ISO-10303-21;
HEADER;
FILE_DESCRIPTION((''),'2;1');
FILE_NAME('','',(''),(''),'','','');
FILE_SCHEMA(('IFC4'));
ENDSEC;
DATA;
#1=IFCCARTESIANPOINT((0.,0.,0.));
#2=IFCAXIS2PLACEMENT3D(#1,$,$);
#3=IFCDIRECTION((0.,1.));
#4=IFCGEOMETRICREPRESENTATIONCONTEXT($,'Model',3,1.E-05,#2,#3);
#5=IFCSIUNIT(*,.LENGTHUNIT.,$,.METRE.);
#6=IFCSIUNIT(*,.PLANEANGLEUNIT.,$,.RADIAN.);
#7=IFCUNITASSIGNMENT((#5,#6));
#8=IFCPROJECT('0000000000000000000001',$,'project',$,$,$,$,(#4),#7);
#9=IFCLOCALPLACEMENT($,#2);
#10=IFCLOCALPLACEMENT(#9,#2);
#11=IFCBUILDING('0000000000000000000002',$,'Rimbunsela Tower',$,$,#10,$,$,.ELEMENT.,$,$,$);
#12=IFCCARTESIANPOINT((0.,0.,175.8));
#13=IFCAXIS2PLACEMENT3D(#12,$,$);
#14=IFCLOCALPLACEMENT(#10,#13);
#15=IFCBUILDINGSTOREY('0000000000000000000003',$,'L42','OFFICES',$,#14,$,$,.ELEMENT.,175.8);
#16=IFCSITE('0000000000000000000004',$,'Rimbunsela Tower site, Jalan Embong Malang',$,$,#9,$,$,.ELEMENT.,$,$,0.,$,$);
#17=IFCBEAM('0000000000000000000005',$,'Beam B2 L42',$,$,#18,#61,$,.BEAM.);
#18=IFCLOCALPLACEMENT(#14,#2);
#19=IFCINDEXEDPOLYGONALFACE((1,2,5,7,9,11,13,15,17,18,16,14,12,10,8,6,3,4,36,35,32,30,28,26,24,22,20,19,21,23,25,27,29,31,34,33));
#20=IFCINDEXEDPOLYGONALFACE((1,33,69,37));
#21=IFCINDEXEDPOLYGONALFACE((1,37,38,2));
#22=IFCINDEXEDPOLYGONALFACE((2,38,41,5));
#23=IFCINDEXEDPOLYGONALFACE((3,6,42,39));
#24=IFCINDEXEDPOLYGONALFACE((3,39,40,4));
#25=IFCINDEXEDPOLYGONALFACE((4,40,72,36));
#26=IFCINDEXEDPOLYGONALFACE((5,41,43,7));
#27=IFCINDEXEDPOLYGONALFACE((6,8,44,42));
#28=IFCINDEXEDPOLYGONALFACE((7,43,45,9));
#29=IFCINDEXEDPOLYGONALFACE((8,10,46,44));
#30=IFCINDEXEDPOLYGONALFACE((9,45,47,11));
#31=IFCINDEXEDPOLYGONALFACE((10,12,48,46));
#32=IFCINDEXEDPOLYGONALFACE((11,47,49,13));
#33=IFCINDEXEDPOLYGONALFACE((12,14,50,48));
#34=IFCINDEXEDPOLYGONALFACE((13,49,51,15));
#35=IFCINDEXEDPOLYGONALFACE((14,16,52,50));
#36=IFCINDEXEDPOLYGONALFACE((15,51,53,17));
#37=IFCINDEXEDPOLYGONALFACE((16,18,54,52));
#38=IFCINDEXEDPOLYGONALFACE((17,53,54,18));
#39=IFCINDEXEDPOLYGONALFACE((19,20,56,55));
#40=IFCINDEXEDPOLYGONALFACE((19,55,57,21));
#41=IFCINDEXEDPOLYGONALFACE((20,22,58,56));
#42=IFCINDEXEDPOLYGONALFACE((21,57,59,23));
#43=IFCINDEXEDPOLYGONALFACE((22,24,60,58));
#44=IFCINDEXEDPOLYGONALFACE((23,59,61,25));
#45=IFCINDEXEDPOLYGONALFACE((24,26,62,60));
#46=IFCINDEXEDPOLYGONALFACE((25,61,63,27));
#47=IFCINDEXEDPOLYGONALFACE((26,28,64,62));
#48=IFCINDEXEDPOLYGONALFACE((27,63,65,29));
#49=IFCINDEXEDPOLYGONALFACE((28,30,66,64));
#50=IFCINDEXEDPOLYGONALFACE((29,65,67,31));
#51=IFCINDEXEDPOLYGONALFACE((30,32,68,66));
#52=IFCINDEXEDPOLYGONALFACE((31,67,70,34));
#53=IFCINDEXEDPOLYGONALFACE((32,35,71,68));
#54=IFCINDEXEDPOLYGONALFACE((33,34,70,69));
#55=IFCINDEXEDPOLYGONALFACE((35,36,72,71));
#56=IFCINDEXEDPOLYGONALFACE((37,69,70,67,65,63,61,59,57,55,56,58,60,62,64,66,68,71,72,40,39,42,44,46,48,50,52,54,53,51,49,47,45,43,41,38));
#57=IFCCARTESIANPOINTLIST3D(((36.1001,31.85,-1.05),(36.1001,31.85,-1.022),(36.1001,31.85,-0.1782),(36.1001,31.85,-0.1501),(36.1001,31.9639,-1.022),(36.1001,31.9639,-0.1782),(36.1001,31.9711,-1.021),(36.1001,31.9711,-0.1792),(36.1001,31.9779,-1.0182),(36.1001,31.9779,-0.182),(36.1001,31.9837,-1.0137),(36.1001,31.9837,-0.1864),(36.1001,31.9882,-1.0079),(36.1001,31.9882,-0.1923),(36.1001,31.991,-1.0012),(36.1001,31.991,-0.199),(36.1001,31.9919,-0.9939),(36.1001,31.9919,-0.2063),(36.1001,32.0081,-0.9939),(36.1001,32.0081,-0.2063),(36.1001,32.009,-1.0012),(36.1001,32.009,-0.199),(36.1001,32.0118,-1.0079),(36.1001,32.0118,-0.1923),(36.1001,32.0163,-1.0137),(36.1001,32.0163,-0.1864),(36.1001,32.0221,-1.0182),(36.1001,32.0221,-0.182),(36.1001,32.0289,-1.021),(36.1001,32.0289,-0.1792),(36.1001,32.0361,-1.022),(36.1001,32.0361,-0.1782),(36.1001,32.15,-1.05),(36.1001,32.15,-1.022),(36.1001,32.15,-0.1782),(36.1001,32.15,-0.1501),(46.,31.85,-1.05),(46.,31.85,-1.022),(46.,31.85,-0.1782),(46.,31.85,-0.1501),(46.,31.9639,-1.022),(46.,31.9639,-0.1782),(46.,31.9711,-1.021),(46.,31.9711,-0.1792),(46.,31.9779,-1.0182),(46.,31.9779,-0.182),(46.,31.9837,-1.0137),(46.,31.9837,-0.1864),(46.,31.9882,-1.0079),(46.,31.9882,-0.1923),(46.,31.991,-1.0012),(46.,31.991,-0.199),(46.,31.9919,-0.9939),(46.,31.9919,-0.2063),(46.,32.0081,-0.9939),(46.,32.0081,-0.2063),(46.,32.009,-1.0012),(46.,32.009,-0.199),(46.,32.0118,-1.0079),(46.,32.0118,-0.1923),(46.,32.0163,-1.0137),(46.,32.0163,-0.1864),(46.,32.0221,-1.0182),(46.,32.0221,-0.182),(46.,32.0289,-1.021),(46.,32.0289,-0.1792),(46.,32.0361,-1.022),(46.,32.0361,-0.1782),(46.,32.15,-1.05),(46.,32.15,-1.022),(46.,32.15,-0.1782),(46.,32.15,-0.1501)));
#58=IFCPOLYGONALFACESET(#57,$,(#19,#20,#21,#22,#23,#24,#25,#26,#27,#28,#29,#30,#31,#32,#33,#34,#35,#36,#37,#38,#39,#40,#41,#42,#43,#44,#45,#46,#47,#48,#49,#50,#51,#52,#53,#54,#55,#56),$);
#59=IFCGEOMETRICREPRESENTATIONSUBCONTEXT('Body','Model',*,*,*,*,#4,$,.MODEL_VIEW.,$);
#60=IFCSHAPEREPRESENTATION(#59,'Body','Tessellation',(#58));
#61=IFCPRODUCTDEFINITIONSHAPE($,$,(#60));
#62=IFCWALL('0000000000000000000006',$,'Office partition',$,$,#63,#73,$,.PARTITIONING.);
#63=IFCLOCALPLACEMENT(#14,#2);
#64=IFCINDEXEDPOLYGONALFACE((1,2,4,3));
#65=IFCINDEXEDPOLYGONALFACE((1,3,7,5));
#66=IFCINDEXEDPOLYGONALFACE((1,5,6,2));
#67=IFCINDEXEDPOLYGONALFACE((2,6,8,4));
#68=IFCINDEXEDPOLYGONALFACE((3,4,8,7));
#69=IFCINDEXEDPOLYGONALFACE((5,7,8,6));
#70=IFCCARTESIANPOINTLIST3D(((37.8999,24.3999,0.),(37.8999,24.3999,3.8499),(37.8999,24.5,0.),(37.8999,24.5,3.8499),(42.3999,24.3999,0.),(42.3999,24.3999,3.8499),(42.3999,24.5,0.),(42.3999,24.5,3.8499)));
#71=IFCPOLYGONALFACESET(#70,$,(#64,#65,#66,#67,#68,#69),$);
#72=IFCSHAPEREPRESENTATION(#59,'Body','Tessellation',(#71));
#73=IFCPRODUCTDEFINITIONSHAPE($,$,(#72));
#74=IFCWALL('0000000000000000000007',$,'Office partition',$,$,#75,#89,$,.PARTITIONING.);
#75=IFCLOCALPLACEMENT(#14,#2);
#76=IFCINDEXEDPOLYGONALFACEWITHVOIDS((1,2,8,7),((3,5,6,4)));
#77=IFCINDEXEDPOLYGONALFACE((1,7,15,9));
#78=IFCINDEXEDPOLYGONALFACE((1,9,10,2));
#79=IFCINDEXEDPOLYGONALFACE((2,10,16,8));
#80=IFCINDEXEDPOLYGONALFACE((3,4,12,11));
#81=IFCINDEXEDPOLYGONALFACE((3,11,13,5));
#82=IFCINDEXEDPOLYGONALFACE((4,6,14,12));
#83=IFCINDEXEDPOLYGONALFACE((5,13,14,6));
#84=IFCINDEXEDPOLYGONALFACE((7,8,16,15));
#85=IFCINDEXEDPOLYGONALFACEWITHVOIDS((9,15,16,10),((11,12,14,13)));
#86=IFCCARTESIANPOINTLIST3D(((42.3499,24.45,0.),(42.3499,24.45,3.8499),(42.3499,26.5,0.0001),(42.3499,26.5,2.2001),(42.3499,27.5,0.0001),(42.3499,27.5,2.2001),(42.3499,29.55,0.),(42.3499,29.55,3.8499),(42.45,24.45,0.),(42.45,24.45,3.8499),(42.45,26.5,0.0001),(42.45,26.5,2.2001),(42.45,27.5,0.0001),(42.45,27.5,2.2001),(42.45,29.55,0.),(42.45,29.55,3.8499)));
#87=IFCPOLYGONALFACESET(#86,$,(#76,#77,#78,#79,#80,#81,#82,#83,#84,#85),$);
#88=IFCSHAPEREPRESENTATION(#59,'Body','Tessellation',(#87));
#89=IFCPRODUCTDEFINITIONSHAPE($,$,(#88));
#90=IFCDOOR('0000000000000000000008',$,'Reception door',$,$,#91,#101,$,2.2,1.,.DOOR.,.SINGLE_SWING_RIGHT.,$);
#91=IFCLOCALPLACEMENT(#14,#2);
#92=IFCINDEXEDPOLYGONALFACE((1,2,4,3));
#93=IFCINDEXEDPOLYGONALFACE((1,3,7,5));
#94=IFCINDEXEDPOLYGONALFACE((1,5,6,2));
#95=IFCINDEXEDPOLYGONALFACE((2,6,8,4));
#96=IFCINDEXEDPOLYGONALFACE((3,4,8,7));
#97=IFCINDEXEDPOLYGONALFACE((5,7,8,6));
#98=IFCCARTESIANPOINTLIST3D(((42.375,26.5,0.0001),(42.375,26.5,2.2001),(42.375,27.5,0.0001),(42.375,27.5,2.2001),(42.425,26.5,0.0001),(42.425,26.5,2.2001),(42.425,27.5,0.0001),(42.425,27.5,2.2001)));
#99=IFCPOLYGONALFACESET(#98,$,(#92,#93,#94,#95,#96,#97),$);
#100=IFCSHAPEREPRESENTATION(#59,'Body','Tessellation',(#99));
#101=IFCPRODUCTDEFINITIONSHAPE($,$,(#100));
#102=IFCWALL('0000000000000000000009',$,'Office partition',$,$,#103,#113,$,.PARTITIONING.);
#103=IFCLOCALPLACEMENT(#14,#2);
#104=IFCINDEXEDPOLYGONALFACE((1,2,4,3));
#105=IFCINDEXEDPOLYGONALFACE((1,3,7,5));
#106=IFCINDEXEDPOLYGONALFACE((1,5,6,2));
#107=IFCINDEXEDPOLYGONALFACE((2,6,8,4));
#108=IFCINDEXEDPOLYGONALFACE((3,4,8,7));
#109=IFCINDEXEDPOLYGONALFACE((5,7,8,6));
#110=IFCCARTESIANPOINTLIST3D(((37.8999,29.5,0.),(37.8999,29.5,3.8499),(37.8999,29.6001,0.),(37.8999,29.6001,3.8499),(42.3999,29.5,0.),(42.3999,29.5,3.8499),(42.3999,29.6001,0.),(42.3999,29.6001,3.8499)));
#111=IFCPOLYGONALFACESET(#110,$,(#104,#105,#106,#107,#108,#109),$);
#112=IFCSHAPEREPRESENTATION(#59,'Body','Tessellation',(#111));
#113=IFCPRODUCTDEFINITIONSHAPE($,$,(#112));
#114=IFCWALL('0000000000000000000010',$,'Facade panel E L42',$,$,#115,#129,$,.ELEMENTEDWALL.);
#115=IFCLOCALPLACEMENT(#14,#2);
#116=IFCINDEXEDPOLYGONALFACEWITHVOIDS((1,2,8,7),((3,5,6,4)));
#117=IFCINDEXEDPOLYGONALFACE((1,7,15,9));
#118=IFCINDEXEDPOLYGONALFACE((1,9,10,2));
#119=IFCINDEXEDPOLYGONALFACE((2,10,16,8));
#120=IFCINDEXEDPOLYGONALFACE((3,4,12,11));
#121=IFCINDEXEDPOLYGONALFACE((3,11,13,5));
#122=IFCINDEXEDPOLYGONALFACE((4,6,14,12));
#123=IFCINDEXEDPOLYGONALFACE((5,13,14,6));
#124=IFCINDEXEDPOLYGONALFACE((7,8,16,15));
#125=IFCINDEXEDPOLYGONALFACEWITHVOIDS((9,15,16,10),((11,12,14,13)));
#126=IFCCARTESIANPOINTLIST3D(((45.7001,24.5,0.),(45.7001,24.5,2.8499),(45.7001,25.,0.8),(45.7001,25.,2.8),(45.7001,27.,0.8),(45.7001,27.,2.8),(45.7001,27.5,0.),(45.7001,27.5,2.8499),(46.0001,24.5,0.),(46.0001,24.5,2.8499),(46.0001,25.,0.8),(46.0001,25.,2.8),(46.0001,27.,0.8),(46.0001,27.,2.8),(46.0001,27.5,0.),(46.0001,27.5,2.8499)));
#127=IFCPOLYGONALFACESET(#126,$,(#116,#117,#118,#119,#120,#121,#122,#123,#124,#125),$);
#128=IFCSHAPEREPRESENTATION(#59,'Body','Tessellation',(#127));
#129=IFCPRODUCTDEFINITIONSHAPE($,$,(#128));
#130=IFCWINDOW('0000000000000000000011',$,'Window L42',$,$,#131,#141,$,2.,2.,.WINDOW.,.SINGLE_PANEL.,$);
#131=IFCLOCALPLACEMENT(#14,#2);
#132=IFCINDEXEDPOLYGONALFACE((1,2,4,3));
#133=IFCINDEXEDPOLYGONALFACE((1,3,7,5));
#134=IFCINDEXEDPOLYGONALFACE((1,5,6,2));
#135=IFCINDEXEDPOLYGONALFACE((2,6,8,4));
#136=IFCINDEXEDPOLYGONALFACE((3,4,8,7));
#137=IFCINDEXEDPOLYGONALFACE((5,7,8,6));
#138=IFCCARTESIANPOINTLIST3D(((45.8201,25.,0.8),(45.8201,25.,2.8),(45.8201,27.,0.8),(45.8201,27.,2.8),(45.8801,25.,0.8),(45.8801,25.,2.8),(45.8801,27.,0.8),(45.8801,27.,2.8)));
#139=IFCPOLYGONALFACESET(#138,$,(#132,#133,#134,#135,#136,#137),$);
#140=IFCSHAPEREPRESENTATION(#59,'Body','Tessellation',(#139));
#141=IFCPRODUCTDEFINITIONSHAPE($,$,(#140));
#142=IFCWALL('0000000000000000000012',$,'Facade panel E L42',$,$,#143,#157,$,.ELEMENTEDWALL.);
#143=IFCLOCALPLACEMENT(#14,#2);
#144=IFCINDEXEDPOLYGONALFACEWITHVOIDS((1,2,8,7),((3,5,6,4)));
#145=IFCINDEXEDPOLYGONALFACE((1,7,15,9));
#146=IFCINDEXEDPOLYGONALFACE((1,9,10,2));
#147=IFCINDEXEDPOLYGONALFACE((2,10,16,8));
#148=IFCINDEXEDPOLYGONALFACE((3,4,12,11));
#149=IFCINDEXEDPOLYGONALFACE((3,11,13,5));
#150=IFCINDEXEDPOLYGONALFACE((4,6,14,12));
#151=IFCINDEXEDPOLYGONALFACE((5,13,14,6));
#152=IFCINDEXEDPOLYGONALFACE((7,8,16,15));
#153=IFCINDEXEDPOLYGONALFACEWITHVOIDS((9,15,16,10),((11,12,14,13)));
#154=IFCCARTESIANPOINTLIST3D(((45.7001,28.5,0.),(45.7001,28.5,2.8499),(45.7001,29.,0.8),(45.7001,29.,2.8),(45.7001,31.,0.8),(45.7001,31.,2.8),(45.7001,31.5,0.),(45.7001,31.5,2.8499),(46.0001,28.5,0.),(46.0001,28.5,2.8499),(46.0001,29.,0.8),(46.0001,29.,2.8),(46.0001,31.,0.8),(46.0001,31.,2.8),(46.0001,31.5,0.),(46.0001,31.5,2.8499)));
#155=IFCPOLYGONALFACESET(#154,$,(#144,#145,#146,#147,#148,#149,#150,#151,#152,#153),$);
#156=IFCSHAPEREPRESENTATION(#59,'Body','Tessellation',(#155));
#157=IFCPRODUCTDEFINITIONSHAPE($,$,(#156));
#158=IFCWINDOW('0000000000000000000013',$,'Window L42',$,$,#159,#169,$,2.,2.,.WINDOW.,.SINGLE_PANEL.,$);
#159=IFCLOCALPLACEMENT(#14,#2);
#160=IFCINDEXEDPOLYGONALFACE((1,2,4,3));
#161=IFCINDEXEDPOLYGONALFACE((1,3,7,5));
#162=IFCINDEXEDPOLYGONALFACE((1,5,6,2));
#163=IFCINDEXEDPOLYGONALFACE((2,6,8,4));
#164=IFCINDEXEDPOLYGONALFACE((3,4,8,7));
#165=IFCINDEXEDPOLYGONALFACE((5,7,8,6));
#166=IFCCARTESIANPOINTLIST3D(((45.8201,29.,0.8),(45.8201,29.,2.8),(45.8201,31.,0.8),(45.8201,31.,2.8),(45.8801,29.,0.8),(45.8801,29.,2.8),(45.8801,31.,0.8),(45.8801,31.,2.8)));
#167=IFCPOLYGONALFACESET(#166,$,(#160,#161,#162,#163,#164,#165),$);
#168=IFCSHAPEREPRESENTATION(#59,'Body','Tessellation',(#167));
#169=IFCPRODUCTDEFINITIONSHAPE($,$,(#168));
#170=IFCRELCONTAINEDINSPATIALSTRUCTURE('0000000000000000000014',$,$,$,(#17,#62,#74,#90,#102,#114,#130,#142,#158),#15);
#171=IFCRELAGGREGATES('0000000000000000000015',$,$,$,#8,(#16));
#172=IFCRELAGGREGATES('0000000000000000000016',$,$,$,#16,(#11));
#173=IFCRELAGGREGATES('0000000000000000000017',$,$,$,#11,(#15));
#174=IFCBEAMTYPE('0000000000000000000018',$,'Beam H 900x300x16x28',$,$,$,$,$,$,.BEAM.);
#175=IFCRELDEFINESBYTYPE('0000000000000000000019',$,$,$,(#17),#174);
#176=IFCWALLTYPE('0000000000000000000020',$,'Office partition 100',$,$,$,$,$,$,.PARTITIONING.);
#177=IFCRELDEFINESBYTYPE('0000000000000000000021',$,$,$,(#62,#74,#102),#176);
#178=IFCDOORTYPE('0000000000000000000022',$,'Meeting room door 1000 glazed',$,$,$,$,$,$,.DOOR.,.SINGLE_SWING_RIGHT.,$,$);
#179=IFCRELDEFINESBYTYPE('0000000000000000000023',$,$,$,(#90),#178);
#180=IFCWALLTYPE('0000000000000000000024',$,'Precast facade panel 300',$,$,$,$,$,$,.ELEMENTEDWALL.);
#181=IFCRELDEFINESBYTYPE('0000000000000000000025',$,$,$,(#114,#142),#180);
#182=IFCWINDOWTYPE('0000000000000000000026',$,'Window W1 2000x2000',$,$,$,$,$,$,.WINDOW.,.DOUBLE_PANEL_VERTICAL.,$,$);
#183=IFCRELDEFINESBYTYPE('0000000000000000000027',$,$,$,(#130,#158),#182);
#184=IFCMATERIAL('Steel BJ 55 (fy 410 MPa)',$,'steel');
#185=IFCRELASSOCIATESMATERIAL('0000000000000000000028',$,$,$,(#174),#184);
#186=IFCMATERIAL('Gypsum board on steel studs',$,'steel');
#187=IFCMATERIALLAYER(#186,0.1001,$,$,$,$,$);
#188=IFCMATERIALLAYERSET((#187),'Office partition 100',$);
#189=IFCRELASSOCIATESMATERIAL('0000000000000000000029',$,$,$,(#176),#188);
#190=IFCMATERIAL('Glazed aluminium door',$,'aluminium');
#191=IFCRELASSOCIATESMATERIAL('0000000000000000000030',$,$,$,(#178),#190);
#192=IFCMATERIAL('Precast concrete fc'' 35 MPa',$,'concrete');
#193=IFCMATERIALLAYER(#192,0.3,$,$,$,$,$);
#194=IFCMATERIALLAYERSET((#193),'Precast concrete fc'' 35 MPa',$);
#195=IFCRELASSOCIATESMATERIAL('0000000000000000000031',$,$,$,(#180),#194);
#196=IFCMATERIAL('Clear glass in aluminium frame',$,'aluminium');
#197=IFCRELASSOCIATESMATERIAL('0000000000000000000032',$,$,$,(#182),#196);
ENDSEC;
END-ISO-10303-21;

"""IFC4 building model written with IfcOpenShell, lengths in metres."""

from ifc_helpers import new_model, si_unit, direction, frame, frame_2d, origin, origin_2d, place, context, subcontext, project, spatial, rectangle, i_section, extrude, material, layer, layer_set, material_profile, profile_set, type_object, element, fill, save


model = new_model("IFC4")

# Units and contexts
model_context = context("Model", 3, precision=1e-05, world=origin(), true_north=direction((0.0, 1.0)))
body_context = subcontext(model_context, "Body", "Model", "MODEL_VIEW")
ifc_project = project(units=[si_unit("LENGTHUNIT", "METRE"), si_unit("PLANEANGLEUNIT", "RADIAN")], contexts=[model_context])

# Site, building, storey
site_placement = place(None, origin())
site = spatial("IfcSite", under=ifc_project, at=site_placement, Name="Rimbunsela Tower site, Jalan Embong Malang", CompositionType="ELEMENT", RefElevation=0.0)
building_placement = place(site_placement, origin())
building = spatial("IfcBuilding", under=site, at=building_placement, Name="Rimbunsela Tower", CompositionType="ELEMENT")
storey_placement = place(building_placement, frame((0.0, 0.0, 175.8)))
storey = spatial("IfcBuildingStorey", under=building, at=storey_placement, Name="L42", Description="OFFICES", CompositionType="ELEMENT", Elevation=175.8)

# Beam
ifc_material_1 = material(Name="Steel BJ 55 (fy 410 MPa)", Category="steel")
ifc_material_profile_1 = material_profile(ifc_material_1, i_section(OverallWidth=0.3, OverallDepth=0.8999, WebThickness=0.0161, FlangeThickness=0.0281, FilletRadius=0.0281, at=origin_2d()), Name="H 900x300x16x28")
ifc_profile_set_1 = profile_set([ifc_material_profile_1], Name="Steel BJ 55 (fy 410 MPa)")
beam_type_1 = type_object("IfcBeamType", Name="Beam H 900x300x16x28", PredefinedType="BEAM", material=ifc_profile_set_1)
beam_1_placement = place(storey_placement, frame((36.1001, 32.0, -0.6001), z_axis=(1.0, 0.0, 0.0), x_axis=(0.0, 1.0, 0.0)))
element("IfcBeam", 1, at=beam_1_placement, inside=storey, type_object=beam_type_1, Name="Beam B2 L42", PredefinedType="BEAM", context=body_context, shape_type="SweptSolid", body=[
    extrude(i_section(OverallWidth=0.3, OverallDepth=0.8999, WebThickness=0.0161, FlangeThickness=0.0281, FilletRadius=0.0281, at=origin_2d()), origin(), (0.0, 0.0, 1.0), 9.8999),
])

# Wall
ifc_material_2 = material(Name="Gypsum board on steel studs", Category="steel")
ifc_layer_1 = layer(ifc_material_2, 0.1001)
ifc_layer_set_1 = layer_set([ifc_layer_1], Name="Office partition 100")
wall_type_1 = type_object("IfcWallType", Name="Office partition 100", PredefinedType="PARTITIONING", material=ifc_layer_set_1)
wall_1_placement = place(storey_placement, frame((37.8999, 24.45, 0.0), z_axis=(0.0, 0.0, 1.0), x_axis=(1.0, 0.0, 0.0)))
element("IfcWall", 2, at=wall_1_placement, inside=storey, type_object=wall_type_1, Name="Office partition", PredefinedType="PARTITIONING", context=body_context, shape_type="SweptSolid", body=[
    extrude(rectangle(XDim=4.5, YDim=0.1001, at=frame_2d((2.25, 0.0))), origin(), (0.0, 0.0, 1.0), 3.8499),
])

# Wall, opening, door
wall_2_placement = place(storey_placement, frame((42.3999, 24.45, 0.0), z_axis=(0.0, 0.0, 1.0), x_axis=(0.0, 1.0, 0.0)))
wall_2 = element("IfcWall", 3, at=wall_2_placement, inside=storey, type_object=wall_type_1, Name="Office partition", PredefinedType="PARTITIONING", context=body_context, shape_type="SweptSolid", body=[
    extrude(rectangle(XDim=5.1001, YDim=0.1001, at=frame_2d((2.55, 0.0))), origin(), (0.0, 0.0, 1.0), 3.8499),
])
opening_1_placement = place(wall_2_placement, frame((2.05, 0.0, 0.0)))
opening_1 = element("IfcOpeningElement", 4, at=opening_1_placement, cuts=wall_2, PredefinedType="OPENING", context=body_context, shape_type="SweptSolid", body=[
    extrude(rectangle(XDim=1.0, YDim=2.2, at=frame_2d((0.5, 1.1001))), frame((0.0, 0.0601, 0.0), z_axis=(0.0, -1.0, 0.0), x_axis=(1.0, 0.0, 0.0)), (0.0, 0.0, 1.0), 0.1201),
])
ifc_material_3 = material(Name="Glazed aluminium door", Category="aluminium")
door_type = type_object("IfcDoorType", Name="Meeting room door 1000 glazed", OperationType="SINGLE_SWING_RIGHT", PredefinedType="DOOR", material=ifc_material_3)
door_placement = place(opening_1_placement, origin())
door = element("IfcDoor", 5, at=door_placement, inside=storey, type_object=door_type, Name="Reception door", OperationType="SINGLE_SWING_RIGHT", OverallHeight=2.2, OverallWidth=1.0, PredefinedType="DOOR", context=body_context, shape_type="SweptSolid", body=[
    extrude(rectangle(XDim=1.0, YDim=2.2, at=frame_2d((0.5, 1.1001))), frame((0.0, 0.0249, 0.0), z_axis=(0.0, -1.0, 0.0), x_axis=(1.0, 0.0, 0.0)), (0.0, 0.0, 1.0), 0.05),
])
fill(opening_1, door)

# Wall
wall_3_placement = place(storey_placement, frame((42.3999, 29.55, 0.0), z_axis=(0.0, 0.0, 1.0), x_axis=(-1.0, 0.0, 0.0)))
element("IfcWall", 6, at=wall_3_placement, inside=storey, type_object=wall_type_1, Name="Office partition", PredefinedType="PARTITIONING", context=body_context, shape_type="SweptSolid", body=[
    extrude(rectangle(XDim=4.5, YDim=0.1001, at=frame_2d((2.25, 0.0))), origin(), (0.0, 0.0, 1.0), 3.8499),
])

# Walls, openings, windows
ifc_material_4 = material(Name="Precast concrete fc' 35 MPa", Category="concrete")
ifc_layer_2 = layer(ifc_material_4, 0.3)
ifc_layer_set_2 = layer_set([ifc_layer_2], Name="Precast concrete fc' 35 MPa")
wall_type_2 = type_object("IfcWallType", Name="Precast facade panel 300", PredefinedType="ELEMENTEDWALL", material=ifc_layer_set_2)
wall_4_placement = place(storey_placement, frame((45.8501, 24.5, 0.0), z_axis=(0.0, 0.0, 1.0), x_axis=(0.0, 1.0, 0.0)))
wall_4 = element("IfcWall", 7, at=wall_4_placement, inside=storey, type_object=wall_type_2, Name="Facade panel E L42", PredefinedType="ELEMENTEDWALL", context=body_context, shape_type="SweptSolid", body=[
    extrude(rectangle(XDim=3.0, YDim=0.3, at=frame_2d((1.5, 0.0))), origin(), (0.0, 0.0, 1.0), 2.8499),
])
opening_2_placement = place(wall_4_placement, frame((0.5, 0.0, 0.8)))
opening_2 = element("IfcOpeningElement", 8, at=opening_2_placement, cuts=wall_4, PredefinedType="OPENING", context=body_context, shape_type="SweptSolid", body=[
    extrude(rectangle(XDim=2.0, YDim=2.0, at=frame_2d((1.0, 1.0))), frame((0.0, 0.1599, 0.0), z_axis=(0.0, -1.0, 0.0), x_axis=(1.0, 0.0, 0.0)), (0.0, 0.0, 1.0), 0.3201),
])
ifc_material_5 = material(Name="Clear glass in aluminium frame", Category="aluminium")
window_type = type_object("IfcWindowType", Name="Window W1 2000x2000", PartitioningType="DOUBLE_PANEL_VERTICAL", PredefinedType="WINDOW", material=ifc_material_5)
window_1_placement = place(opening_2_placement, origin())
window_1 = element("IfcWindow", 9, at=window_1_placement, inside=storey, type_object=window_type, Name="Window L42", OverallHeight=2.0, OverallWidth=2.0, PartitioningType="SINGLE_PANEL", PredefinedType="WINDOW", context=body_context, shape_type="SweptSolid", body=[
    extrude(rectangle(XDim=2.0, YDim=2.0, at=frame_2d((1.0, 1.0))), frame((0.0, 0.03, 0.0), z_axis=(0.0, -1.0, 0.0), x_axis=(1.0, 0.0, 0.0)), (0.0, 0.0, 1.0), 0.0601),
])
fill(opening_2, window_1)
wall_5_placement = place(storey_placement, frame((45.8501, 28.5, 0.0), z_axis=(0.0, 0.0, 1.0), x_axis=(0.0, 1.0, 0.0)))
wall_5 = element("IfcWall", 10, at=wall_5_placement, inside=storey, type_object=wall_type_2, Name="Facade panel E L42", PredefinedType="ELEMENTEDWALL", context=body_context, shape_type="SweptSolid", body=[
    extrude(rectangle(XDim=3.0, YDim=0.3, at=frame_2d((1.5, 0.0))), origin(), (0.0, 0.0, 1.0), 2.8499),
])
opening_3_placement = place(wall_5_placement, frame((0.5, 0.0, 0.8)))
opening_3 = element("IfcOpeningElement", 11, at=opening_3_placement, cuts=wall_5, PredefinedType="OPENING", context=body_context, shape_type="SweptSolid", body=[
    extrude(rectangle(XDim=2.0, YDim=2.0, at=frame_2d((1.0, 1.0))), frame((0.0, 0.1599, 0.0), z_axis=(0.0, -1.0, 0.0), x_axis=(1.0, 0.0, 0.0)), (0.0, 0.0, 1.0), 0.3201),
])
window_2_placement = place(opening_3_placement, origin())
window_2 = element("IfcWindow", 12, at=window_2_placement, inside=storey, type_object=window_type, Name="Window L42", OverallHeight=2.0, OverallWidth=2.0, PartitioningType="SINGLE_PANEL", PredefinedType="WINDOW", context=body_context, shape_type="SweptSolid", body=[
    extrude(rectangle(XDim=2.0, YDim=2.0, at=frame_2d((1.0, 1.0))), frame((0.0, 0.03, 0.0), z_axis=(0.0, -1.0, 0.0), x_axis=(1.0, 0.0, 0.0)), (0.0, 0.0, 1.0), 0.0601),
])
fill(opening_3, window_2)

save(model, "model.ifc")
